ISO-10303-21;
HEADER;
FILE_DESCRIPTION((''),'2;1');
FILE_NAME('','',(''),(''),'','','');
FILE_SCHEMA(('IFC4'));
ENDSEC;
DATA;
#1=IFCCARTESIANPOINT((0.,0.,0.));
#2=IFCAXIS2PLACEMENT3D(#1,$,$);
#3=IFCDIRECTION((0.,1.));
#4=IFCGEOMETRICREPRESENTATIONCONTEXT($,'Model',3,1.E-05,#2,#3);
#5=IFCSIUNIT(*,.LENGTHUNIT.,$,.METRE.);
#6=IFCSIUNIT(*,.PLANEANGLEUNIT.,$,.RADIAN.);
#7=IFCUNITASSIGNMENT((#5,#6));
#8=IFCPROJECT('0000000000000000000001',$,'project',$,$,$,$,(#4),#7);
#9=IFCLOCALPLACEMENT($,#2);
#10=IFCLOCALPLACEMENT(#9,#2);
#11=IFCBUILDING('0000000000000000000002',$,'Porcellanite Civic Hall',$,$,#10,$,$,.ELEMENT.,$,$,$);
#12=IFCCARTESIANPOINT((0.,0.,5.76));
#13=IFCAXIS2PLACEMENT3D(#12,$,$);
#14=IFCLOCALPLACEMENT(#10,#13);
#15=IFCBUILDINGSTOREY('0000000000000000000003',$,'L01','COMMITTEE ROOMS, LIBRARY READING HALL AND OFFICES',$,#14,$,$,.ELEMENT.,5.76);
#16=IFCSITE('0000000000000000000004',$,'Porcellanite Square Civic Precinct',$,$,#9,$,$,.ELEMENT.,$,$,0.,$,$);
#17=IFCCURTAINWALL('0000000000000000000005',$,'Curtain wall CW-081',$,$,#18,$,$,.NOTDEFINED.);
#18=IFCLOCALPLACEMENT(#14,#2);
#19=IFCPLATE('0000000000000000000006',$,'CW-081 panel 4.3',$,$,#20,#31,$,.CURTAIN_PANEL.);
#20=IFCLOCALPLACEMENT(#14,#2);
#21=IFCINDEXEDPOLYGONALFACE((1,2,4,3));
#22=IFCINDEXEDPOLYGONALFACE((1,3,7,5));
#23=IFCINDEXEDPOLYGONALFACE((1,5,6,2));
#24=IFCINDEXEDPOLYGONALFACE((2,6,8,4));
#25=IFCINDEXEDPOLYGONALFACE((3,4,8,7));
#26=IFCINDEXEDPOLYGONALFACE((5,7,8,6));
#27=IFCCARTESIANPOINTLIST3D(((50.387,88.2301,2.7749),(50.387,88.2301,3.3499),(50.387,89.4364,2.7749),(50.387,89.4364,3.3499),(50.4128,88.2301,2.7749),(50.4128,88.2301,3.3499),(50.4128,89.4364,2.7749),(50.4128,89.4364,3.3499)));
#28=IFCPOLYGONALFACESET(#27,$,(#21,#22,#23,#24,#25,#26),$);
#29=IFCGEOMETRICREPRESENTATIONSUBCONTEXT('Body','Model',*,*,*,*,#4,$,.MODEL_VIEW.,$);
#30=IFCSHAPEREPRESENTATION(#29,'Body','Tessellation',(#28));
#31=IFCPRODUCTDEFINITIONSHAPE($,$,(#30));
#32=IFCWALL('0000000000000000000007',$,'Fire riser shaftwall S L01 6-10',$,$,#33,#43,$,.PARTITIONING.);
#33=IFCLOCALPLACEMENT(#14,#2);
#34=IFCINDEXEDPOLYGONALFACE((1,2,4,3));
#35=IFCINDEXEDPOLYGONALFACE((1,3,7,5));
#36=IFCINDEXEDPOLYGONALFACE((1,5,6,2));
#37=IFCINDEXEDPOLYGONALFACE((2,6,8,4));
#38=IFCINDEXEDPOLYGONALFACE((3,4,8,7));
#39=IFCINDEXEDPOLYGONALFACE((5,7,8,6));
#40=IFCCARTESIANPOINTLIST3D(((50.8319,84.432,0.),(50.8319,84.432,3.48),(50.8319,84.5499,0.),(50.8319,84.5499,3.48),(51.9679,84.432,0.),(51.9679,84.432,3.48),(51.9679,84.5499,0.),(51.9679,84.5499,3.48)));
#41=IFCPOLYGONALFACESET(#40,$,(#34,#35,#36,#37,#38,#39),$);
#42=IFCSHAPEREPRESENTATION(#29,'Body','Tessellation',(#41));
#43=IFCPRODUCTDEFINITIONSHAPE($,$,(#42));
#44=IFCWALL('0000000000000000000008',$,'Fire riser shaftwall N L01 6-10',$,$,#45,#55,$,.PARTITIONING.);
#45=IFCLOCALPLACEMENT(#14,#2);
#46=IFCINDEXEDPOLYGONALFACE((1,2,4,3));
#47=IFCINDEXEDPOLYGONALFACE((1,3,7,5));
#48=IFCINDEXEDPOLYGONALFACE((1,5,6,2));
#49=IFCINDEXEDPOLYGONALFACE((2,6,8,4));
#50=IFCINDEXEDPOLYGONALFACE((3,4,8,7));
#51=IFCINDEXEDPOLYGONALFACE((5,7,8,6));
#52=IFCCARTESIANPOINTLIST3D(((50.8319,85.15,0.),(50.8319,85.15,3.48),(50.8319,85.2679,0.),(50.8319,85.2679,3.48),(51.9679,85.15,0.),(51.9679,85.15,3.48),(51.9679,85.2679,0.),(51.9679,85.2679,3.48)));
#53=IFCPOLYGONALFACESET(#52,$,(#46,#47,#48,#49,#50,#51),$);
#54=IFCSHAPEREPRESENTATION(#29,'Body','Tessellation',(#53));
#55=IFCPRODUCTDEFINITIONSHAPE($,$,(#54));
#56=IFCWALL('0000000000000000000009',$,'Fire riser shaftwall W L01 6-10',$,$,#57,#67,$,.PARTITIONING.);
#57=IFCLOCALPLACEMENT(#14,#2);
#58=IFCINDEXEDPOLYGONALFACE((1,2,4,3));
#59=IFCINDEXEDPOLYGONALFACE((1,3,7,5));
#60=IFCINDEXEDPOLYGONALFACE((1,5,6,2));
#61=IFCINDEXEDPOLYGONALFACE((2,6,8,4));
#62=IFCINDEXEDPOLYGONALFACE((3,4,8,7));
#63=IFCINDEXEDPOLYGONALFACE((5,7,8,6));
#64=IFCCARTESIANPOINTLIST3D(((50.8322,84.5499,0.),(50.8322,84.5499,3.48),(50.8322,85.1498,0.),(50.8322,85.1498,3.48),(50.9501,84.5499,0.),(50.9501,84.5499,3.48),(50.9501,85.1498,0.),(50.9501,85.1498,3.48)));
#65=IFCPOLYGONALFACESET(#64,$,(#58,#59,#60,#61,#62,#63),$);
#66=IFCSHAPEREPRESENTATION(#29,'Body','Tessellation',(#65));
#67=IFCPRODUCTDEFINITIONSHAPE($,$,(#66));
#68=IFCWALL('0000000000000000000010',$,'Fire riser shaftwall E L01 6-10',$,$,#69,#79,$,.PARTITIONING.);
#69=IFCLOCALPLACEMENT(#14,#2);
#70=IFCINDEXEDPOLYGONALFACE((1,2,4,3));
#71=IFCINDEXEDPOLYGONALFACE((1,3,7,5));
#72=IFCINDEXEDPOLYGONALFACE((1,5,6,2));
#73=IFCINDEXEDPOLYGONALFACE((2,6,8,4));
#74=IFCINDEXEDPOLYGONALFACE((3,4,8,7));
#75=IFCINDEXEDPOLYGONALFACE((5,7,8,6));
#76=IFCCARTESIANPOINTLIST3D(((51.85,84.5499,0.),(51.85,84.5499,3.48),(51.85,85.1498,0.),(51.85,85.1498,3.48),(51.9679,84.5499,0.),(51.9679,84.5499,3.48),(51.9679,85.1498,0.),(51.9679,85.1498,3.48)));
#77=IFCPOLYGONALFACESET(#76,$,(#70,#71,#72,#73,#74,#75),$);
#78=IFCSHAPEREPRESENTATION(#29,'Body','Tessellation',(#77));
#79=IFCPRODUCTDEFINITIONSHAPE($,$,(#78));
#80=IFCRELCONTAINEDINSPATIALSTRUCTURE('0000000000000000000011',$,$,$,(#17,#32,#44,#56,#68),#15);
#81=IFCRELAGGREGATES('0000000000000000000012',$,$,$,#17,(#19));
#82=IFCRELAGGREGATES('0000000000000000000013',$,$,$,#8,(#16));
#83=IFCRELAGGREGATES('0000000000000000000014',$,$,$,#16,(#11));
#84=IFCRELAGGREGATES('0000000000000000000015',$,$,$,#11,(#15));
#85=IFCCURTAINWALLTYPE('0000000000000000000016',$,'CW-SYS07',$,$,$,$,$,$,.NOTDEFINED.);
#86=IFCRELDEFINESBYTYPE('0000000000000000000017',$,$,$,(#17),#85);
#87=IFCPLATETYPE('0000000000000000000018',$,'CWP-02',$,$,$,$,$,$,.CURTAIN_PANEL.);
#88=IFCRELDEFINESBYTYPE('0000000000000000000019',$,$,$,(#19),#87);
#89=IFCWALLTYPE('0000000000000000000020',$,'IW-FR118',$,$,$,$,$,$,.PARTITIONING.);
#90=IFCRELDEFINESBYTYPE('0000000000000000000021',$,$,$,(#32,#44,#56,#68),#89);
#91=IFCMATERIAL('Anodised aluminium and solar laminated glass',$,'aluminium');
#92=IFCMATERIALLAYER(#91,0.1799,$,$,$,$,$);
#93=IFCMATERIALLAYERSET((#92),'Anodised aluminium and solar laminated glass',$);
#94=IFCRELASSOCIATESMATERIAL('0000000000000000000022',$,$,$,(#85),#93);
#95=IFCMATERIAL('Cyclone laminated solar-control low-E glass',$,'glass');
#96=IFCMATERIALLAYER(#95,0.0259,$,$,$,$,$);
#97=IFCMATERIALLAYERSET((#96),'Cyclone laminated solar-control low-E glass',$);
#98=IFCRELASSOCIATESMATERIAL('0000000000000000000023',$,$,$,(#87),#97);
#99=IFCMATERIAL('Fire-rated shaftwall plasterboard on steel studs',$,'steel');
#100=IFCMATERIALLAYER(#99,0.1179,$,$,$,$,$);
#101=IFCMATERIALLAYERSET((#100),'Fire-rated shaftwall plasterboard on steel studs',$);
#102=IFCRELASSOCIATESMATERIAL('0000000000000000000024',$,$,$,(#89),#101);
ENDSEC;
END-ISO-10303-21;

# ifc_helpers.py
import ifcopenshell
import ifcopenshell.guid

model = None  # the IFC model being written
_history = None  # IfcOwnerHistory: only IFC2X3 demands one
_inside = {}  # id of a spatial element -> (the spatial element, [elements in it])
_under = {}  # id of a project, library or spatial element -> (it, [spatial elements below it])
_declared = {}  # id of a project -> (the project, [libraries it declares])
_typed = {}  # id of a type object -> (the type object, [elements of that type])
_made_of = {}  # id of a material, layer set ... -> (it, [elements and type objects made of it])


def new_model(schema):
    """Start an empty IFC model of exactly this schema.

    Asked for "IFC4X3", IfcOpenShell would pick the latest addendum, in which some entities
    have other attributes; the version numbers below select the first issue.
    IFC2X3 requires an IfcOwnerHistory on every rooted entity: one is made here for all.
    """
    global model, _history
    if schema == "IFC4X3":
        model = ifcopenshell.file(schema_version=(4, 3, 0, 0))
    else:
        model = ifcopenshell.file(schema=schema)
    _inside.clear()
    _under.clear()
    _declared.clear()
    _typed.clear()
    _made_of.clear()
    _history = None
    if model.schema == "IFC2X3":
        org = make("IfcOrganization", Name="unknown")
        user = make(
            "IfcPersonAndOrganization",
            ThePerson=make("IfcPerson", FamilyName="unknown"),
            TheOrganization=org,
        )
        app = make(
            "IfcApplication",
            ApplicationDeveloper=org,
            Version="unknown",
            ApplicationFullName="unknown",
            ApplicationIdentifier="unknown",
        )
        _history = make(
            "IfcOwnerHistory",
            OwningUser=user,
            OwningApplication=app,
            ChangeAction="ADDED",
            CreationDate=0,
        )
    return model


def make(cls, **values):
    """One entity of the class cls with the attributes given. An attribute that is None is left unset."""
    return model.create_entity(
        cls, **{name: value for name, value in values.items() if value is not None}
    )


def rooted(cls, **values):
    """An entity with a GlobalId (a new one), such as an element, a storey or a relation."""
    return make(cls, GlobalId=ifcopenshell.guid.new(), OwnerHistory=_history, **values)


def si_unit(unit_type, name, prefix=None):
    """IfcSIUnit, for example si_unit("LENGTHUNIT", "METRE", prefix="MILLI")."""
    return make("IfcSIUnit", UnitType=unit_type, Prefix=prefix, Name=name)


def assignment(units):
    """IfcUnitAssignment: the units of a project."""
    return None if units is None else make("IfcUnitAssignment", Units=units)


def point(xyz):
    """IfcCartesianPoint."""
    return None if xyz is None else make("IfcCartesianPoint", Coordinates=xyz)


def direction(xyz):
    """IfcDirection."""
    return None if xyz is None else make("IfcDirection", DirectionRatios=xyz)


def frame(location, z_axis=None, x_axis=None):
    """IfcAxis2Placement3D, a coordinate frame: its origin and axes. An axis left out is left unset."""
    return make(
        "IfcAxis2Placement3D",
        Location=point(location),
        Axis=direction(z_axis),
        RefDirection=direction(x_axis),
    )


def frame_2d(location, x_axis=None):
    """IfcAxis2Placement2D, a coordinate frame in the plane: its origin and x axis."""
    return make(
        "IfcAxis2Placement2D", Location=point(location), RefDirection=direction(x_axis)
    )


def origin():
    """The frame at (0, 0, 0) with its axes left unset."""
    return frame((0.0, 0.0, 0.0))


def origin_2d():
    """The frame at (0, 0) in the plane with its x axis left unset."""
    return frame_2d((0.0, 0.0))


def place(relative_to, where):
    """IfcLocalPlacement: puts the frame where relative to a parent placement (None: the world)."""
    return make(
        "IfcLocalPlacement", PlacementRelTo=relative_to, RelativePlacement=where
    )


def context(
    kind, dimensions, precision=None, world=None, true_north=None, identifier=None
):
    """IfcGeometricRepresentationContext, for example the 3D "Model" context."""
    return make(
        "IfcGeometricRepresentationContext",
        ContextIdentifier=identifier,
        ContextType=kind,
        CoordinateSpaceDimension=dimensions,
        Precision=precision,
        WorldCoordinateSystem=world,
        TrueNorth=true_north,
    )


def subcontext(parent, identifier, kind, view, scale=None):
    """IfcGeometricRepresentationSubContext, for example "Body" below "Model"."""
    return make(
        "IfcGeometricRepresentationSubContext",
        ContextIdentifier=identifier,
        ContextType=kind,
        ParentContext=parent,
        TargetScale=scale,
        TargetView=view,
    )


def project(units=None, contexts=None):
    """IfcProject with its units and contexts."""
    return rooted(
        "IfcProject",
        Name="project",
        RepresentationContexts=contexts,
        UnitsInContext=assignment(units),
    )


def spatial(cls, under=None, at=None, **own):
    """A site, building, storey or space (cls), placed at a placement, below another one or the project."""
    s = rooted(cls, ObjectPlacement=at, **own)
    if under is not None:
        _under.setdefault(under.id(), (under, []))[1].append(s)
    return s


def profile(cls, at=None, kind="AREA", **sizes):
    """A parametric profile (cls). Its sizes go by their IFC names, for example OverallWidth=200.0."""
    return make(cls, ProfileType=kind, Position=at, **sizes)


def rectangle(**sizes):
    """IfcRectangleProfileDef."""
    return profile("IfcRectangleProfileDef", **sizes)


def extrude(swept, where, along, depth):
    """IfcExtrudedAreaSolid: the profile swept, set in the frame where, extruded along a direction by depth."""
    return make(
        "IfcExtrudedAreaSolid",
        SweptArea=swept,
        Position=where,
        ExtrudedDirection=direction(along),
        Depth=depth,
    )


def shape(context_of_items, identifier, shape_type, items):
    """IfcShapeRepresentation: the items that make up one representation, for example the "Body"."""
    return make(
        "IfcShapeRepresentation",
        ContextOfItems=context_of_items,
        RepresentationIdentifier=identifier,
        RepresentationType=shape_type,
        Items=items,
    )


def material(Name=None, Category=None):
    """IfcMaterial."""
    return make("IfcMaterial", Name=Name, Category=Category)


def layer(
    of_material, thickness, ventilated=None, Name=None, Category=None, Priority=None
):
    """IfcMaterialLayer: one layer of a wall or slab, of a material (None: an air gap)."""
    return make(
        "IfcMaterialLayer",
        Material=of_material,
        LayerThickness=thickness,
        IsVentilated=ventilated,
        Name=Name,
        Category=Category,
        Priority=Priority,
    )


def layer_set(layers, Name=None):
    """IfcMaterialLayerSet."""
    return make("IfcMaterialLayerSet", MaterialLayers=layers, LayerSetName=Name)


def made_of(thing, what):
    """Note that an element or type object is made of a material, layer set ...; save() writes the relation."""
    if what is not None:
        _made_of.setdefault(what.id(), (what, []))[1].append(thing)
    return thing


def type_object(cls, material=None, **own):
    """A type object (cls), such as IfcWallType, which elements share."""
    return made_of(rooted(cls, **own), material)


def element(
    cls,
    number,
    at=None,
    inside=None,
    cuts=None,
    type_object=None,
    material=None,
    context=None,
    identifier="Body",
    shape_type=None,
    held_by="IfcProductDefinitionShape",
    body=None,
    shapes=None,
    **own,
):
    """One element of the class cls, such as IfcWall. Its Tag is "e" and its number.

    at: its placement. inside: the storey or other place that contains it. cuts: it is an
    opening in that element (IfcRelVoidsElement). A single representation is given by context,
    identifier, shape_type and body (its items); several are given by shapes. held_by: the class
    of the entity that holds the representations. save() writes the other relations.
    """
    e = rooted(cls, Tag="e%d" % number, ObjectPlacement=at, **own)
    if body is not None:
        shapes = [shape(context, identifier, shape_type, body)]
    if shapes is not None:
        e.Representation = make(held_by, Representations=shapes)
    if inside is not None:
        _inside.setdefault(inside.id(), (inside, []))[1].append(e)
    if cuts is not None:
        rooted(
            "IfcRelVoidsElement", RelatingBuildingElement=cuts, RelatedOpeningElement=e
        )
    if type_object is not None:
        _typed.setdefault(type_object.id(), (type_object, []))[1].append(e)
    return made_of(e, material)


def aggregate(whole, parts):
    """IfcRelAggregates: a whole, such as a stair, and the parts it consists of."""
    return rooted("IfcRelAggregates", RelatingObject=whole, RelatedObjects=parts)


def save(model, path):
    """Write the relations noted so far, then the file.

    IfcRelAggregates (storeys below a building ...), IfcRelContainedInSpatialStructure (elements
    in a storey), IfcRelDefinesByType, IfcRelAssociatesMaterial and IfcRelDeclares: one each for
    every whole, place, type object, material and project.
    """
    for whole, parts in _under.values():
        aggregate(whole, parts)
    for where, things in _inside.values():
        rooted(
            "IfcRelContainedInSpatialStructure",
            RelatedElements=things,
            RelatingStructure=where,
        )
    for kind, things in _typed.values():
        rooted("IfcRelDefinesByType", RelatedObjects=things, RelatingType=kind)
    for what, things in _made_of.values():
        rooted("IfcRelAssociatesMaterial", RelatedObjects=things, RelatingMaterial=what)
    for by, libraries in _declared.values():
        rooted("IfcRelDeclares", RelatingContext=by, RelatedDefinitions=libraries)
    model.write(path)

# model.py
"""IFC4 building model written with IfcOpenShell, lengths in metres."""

from ifc_helpers import new_model, si_unit, direction, frame, frame_2d, origin, origin_2d, place, context, subcontext, project, spatial, rectangle, extrude, material, layer, layer_set, type_object, element, aggregate, save


model = new_model("IFC4")

# Units and contexts
model_context = context("Model", 3, precision=1e-05, world=origin(), true_north=direction((0.0, 1.0)))
body_context = subcontext(model_context, "Body", "Model", "MODEL_VIEW")
ifc_project = project(units=[si_unit("LENGTHUNIT", "METRE"), si_unit("PLANEANGLEUNIT", "RADIAN")], contexts=[model_context])

# Site, building, storey
site_placement = place(None, origin())
site = spatial("IfcSite", under=ifc_project, at=site_placement, Name="Porcellanite Square Civic Precinct", CompositionType="ELEMENT", RefElevation=0.0)
building_placement = place(site_placement, origin())
building = spatial("IfcBuilding", under=site, at=building_placement, Name="Porcellanite Civic Hall", CompositionType="ELEMENT")
storey_placement = place(building_placement, frame((0.0, 0.0, 5.76)))
storey = spatial("IfcBuildingStorey", under=building, at=storey_placement, Name="L01", Description="COMMITTEE ROOMS, LIBRARY READING HALL AND OFFICES", CompositionType="ELEMENT", Elevation=5.76)

# Curtain wall, plate
ifc_material_1 = material(Name="Anodised aluminium and solar laminated glass", Category="aluminium")
ifc_layer_1 = layer(ifc_material_1, 0.1799)
ifc_layer_set_1 = layer_set([ifc_layer_1], Name="Anodised aluminium and solar laminated glass")
curtain_wall_type = type_object("IfcCurtainWallType", Name="CW-SYS07", PredefinedType="NOTDEFINED", material=ifc_layer_set_1)
curtain_wall_placement = place(storey_placement, origin())
curtain_wall = element("IfcCurtainWall", 1, at=curtain_wall_placement, inside=storey, type_object=curtain_wall_type, Name="Curtain wall CW-081", PredefinedType="NOTDEFINED")
ifc_material_2 = material(Name="Cyclone laminated solar-control low-E glass", Category="glass")
ifc_layer_2 = layer(ifc_material_2, 0.0259)
ifc_layer_set_2 = layer_set([ifc_layer_2], Name="Cyclone laminated solar-control low-E glass")
plate_type = type_object("IfcPlateType", Name="CWP-02", PredefinedType="CURTAIN_PANEL", material=ifc_layer_set_2)
plate_1_placement = place(storey_placement, frame((50.3999, 88.8333, 2.7749), z_axis=(0.0, 0.0, 1.0), x_axis=(0.0, 1.0, 0.0)))
plate_1 = element("IfcPlate", 2, at=plate_1_placement, type_object=plate_type, Name="CW-081 panel 4.3", PredefinedType="CURTAIN_PANEL", context=body_context, shape_type="SweptSolid", body=[
    extrude(rectangle(XDim=1.2063, YDim=0.0259, at=origin_2d()), origin(), (0.0, 0.0, 1.0), 0.575),
])
aggregate(curtain_wall, [plate_1])

# Walls
ifc_material_3 = material(Name="Fire-rated shaftwall plasterboard on steel studs", Category="steel")
ifc_layer_3 = layer(ifc_material_3, 0.1179)
ifc_layer_set_3 = layer_set([ifc_layer_3], Name="Fire-rated shaftwall plasterboard on steel studs")
wall_type = type_object("IfcWallType", Name="IW-FR118", PredefinedType="PARTITIONING", material=ifc_layer_set_3)
for number, where, z_axis, x_axis, name in (
    (3, (50.832, 84.491, 0.0), (0.0, 0.0, 1.0), (1.0, 0.0, 0.0), "Fire riser shaftwall S L01 6-10"),
    (4, (50.832, 85.209, 0.0), (0.0, 0.0, 1.0), (1.0, 0.0, 0.0), "Fire riser shaftwall N L01 6-10"),
):
    element("IfcWall", number, at=place(storey_placement, frame(where, z_axis=z_axis, x_axis=x_axis)), inside=storey, type_object=wall_type, Name=name, PredefinedType="PARTITIONING", context=body_context, shape_type="SweptSolid", body=[
        extrude(rectangle(XDim=1.136, YDim=0.1179, at=frame_2d((0.5679, 0.0))), origin(), (0.0, 0.0, 1.0), 3.48),
    ])
for number, where, z_axis, x_axis, name in (
    (5, (50.8911, 84.55, 0.0), (0.0, 0.0, 1.0), (0.0, 1.0, 0.0), "Fire riser shaftwall W L01 6-10"),
    (6, (51.9089, 84.55, 0.0), (0.0, 0.0, 1.0), (0.0, 1.0, 0.0), "Fire riser shaftwall E L01 6-10"),
):
    element("IfcWall", number, at=place(storey_placement, frame(where, z_axis=z_axis, x_axis=x_axis)), inside=storey, type_object=wall_type, Name=name, PredefinedType="PARTITIONING", context=body_context, shape_type="SweptSolid", body=[
        extrude(rectangle(XDim=0.5999, YDim=0.1179, at=frame_2d((0.2998, 0.0))), origin(), (0.0, 0.0, 1.0), 3.48),
    ])

save(model, "model.ifc")
